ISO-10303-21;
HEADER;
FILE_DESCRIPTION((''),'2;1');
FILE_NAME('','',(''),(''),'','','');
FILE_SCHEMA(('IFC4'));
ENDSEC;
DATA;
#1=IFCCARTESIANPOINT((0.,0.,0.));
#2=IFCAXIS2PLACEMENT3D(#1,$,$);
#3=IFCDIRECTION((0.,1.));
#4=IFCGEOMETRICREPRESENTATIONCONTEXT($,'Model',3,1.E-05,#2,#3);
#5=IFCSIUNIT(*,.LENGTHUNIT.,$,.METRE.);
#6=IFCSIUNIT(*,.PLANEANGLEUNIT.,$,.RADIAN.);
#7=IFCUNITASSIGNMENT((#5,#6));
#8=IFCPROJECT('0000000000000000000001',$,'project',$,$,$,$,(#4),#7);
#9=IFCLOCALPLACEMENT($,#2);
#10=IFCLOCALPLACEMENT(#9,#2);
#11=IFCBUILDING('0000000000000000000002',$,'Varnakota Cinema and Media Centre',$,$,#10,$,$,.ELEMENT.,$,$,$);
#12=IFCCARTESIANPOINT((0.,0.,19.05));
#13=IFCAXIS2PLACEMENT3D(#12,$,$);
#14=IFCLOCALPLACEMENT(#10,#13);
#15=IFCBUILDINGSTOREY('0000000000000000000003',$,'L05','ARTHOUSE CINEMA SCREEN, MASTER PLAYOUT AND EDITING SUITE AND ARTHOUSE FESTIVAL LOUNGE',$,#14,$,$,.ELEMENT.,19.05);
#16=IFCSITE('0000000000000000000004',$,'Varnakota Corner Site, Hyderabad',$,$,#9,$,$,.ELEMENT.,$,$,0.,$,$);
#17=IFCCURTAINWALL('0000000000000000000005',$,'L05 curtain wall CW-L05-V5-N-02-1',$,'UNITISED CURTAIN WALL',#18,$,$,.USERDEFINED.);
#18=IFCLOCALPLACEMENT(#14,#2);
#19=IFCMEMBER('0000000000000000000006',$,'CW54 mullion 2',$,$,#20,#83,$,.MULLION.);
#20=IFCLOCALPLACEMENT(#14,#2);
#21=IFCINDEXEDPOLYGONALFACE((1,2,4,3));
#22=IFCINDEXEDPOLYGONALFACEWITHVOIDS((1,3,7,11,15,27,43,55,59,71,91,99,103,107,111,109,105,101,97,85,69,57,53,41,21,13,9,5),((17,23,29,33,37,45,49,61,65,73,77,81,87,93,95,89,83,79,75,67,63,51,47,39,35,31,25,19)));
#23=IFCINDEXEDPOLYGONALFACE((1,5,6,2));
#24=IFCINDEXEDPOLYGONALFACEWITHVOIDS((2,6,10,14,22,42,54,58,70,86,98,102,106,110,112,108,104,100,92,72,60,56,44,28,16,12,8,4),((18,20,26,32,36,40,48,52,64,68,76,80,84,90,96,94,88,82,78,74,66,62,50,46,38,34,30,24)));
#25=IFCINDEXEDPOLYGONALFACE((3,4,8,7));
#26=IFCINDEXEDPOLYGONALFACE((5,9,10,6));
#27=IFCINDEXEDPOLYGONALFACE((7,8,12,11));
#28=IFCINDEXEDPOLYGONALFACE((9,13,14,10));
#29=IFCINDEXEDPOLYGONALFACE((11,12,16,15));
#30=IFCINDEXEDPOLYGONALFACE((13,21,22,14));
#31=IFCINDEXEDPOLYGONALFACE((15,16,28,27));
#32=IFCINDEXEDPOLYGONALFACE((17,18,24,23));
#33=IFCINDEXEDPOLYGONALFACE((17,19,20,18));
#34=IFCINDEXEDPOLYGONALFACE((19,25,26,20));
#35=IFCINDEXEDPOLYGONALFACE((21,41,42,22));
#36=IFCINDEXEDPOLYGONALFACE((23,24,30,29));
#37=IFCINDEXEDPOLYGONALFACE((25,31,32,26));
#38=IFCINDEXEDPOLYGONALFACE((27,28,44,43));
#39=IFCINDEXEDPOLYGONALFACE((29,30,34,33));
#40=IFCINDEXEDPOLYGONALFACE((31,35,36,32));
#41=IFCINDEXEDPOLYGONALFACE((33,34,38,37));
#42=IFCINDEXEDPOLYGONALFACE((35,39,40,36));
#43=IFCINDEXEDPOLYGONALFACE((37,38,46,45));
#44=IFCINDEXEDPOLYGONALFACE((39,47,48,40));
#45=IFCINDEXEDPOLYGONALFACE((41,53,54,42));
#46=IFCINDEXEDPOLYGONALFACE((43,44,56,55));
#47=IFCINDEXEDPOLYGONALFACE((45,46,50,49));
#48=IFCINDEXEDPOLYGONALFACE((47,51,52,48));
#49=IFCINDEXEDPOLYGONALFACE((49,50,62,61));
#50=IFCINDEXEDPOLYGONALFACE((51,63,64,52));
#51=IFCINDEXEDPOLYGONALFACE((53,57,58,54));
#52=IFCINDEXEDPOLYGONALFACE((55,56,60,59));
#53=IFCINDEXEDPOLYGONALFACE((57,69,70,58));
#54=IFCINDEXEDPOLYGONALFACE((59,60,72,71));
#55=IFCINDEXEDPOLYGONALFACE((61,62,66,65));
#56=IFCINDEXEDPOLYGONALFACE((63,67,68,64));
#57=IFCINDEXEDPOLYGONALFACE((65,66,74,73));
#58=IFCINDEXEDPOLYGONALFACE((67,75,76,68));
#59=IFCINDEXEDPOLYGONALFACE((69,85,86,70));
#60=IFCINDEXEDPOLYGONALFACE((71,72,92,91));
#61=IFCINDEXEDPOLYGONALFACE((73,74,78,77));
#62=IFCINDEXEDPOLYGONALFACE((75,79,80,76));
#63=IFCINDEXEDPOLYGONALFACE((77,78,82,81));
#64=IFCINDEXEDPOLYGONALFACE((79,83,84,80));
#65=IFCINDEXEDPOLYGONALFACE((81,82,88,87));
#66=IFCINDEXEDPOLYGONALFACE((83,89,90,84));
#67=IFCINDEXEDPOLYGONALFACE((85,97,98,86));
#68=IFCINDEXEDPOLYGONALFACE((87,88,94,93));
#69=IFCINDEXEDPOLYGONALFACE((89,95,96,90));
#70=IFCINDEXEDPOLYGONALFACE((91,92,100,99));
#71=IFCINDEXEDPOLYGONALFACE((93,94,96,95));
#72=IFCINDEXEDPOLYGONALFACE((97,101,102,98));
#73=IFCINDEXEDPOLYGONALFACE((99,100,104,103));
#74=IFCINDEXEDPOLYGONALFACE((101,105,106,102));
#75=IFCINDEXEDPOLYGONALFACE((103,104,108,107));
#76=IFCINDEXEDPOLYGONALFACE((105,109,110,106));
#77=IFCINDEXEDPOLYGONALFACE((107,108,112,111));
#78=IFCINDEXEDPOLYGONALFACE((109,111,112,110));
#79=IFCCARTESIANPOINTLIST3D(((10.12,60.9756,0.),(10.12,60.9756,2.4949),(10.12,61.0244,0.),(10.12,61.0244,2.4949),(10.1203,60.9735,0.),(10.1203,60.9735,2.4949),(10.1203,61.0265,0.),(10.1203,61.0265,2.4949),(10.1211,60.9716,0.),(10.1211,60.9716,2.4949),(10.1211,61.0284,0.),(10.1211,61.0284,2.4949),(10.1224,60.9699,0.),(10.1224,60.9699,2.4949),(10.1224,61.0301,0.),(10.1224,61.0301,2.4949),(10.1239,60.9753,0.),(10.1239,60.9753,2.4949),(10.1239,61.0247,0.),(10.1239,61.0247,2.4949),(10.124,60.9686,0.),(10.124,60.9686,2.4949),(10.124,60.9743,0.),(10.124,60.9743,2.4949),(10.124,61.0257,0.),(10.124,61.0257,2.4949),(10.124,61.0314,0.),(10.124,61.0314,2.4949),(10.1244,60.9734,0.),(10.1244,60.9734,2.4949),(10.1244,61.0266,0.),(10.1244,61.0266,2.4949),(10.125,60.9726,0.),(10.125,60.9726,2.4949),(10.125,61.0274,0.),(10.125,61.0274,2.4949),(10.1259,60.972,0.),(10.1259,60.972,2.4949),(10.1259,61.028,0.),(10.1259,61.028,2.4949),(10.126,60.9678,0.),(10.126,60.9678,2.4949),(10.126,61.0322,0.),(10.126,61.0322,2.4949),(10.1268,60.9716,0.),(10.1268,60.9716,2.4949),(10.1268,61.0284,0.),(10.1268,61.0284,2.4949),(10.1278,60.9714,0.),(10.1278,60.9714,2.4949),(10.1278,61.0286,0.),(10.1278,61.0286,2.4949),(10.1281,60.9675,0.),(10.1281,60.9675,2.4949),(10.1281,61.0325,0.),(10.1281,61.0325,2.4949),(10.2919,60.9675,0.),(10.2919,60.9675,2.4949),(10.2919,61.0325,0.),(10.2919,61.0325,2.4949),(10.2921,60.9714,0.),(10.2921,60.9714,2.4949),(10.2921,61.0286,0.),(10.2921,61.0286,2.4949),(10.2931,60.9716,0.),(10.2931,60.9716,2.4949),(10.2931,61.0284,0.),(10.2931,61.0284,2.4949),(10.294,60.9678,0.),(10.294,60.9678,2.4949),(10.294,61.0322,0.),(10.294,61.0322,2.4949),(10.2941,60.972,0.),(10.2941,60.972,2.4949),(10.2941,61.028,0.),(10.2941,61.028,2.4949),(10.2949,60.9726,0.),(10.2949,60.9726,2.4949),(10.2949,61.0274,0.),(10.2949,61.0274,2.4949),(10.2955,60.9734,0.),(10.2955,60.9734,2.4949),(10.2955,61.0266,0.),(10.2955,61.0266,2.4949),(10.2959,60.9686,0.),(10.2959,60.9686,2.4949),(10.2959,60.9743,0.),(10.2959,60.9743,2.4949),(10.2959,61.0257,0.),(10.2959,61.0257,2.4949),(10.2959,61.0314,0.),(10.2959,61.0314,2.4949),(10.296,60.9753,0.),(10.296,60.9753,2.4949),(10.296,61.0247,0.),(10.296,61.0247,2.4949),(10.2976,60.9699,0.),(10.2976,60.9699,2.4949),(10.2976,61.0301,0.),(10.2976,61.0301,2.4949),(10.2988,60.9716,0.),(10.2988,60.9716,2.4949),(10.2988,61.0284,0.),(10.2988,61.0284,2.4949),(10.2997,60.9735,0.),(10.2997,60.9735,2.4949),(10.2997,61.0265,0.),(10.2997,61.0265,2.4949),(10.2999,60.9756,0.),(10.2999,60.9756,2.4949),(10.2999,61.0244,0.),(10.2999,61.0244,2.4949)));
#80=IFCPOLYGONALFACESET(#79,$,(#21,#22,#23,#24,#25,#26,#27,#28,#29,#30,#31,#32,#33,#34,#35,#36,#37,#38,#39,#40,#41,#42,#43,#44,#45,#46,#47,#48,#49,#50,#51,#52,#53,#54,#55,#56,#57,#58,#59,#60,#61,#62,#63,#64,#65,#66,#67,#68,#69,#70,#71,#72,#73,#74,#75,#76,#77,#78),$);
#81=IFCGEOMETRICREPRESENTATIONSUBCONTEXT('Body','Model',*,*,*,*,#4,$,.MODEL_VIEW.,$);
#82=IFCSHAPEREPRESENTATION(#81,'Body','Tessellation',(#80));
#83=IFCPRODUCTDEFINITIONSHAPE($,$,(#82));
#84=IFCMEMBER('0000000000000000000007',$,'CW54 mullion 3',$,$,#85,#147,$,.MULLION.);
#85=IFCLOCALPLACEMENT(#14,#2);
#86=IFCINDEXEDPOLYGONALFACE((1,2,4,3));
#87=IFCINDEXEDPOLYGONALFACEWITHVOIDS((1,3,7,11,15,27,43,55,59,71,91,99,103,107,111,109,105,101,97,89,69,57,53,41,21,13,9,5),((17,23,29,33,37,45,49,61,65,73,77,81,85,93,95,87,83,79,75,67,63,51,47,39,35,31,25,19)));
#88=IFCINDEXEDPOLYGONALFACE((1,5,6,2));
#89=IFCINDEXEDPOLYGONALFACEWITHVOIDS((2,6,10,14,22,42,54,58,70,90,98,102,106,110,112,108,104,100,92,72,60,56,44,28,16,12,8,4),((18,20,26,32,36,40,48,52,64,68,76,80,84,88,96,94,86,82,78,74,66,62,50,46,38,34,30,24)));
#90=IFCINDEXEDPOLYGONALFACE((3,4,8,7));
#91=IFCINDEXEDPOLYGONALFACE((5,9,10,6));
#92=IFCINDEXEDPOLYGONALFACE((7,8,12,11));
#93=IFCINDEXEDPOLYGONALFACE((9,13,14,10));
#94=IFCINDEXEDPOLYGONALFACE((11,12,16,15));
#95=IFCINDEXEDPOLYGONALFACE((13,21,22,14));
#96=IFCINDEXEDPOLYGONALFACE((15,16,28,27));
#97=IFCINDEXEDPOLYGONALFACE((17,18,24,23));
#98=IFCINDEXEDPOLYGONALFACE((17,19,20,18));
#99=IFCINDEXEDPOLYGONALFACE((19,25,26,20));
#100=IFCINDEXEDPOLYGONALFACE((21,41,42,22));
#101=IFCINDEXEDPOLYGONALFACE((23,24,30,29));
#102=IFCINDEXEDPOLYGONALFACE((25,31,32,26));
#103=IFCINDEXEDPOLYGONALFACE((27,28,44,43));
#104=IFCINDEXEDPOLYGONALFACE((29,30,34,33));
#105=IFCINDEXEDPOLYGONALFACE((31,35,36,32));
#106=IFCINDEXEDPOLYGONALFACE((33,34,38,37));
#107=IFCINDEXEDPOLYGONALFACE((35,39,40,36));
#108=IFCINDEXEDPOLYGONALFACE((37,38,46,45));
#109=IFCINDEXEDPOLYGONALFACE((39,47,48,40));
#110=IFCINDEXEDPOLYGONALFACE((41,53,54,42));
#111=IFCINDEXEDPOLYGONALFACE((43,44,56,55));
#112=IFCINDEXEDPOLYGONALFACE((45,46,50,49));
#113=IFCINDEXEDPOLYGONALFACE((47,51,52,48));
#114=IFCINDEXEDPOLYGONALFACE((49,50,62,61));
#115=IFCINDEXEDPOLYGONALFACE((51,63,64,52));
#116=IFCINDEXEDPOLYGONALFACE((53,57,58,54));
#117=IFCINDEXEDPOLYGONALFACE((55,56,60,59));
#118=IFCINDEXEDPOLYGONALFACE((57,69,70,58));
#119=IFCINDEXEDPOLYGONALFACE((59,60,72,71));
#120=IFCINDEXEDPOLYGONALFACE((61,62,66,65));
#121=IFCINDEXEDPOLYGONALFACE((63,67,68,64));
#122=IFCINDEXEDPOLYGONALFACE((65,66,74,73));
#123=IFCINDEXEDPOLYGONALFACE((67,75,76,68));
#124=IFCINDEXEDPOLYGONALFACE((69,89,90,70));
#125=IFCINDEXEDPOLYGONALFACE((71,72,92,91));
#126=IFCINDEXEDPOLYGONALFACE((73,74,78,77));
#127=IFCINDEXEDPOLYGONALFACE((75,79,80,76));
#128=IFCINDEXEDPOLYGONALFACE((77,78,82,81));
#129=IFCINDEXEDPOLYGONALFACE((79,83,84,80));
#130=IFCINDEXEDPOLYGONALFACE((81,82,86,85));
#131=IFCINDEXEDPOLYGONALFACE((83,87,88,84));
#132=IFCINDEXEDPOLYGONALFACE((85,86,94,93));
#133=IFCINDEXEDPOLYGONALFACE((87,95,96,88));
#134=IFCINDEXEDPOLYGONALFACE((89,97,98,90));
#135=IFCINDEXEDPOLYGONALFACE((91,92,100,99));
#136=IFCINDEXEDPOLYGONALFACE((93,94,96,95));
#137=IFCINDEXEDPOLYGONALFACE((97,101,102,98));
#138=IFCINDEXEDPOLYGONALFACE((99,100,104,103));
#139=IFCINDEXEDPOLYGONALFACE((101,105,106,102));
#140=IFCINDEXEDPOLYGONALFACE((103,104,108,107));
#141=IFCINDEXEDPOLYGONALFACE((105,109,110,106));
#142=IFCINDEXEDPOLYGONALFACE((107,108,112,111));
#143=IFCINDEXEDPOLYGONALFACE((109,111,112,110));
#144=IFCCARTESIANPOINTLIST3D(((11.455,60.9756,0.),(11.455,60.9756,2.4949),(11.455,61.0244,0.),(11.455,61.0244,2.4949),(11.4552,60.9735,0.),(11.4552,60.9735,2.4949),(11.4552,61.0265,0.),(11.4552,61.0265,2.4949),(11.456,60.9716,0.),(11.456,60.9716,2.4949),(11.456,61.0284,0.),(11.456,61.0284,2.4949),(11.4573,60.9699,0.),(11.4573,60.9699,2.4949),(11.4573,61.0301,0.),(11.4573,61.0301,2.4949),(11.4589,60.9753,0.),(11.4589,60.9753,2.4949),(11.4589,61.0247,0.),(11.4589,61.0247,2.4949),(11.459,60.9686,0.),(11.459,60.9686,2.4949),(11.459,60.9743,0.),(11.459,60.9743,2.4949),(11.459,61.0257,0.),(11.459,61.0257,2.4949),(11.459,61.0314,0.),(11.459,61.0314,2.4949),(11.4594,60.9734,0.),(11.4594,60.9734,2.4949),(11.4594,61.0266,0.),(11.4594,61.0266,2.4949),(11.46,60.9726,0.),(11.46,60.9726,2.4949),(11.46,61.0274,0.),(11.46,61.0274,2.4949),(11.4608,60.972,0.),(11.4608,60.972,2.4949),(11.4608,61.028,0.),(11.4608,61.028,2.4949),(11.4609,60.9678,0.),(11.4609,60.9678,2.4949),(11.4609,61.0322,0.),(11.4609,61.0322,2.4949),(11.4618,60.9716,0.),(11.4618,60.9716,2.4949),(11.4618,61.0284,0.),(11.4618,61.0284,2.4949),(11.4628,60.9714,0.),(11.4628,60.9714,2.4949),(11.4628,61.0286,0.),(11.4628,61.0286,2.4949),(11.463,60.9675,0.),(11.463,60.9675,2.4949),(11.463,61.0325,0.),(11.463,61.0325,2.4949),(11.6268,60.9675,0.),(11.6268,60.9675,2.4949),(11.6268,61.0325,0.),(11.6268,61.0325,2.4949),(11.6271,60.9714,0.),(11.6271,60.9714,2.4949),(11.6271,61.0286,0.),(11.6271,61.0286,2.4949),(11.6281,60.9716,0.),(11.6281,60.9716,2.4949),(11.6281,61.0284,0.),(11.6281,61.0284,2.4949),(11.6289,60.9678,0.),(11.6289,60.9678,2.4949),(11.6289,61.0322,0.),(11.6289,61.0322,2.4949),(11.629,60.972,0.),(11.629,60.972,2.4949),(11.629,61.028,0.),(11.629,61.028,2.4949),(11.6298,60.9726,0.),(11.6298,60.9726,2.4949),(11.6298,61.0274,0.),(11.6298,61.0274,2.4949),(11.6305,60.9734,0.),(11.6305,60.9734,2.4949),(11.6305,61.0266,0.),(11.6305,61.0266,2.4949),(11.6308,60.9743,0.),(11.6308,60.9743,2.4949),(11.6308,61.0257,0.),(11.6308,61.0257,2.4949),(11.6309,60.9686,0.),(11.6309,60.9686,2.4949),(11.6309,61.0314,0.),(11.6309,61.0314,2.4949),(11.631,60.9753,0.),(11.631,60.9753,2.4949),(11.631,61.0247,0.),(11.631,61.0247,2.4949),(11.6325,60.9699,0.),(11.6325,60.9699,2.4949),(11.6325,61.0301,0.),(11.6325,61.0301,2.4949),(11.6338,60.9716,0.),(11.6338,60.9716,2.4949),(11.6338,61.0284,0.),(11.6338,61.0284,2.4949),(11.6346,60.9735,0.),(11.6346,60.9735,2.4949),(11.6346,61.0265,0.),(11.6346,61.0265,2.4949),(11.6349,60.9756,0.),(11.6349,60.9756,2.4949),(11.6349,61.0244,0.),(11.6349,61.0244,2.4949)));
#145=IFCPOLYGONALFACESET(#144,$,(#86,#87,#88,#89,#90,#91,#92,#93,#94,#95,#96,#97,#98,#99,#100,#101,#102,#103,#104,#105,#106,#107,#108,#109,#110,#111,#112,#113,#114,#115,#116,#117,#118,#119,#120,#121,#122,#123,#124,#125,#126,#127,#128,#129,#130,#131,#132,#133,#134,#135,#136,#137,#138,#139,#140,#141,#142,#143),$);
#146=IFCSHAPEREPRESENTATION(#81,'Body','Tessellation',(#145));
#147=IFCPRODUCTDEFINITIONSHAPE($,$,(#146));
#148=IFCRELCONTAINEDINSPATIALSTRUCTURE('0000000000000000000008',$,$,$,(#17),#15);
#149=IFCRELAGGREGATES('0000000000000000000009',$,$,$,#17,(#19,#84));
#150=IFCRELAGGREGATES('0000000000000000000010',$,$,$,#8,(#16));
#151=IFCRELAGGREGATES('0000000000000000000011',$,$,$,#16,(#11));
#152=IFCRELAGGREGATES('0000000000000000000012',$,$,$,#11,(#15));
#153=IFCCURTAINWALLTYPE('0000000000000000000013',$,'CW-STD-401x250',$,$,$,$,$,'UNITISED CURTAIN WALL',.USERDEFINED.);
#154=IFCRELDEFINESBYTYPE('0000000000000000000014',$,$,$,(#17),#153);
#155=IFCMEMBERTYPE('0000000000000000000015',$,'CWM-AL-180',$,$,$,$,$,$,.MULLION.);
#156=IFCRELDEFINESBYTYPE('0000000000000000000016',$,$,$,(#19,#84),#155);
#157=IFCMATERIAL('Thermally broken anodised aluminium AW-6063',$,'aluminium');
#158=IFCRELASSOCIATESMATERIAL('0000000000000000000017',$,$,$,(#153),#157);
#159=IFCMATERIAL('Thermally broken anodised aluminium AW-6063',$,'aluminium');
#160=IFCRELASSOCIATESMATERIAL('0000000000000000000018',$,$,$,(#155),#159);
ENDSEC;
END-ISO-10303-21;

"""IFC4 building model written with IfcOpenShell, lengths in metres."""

from ifc_helpers import new_model, si_unit, direction, frame, origin, origin_2d, place, context, subcontext, project, spatial, hollow_rectangle, extrude, material, material_profile, profile_set, type_object, element, aggregate, save


model = new_model("IFC4")

# Units and contexts
model_context = context("Model", 3, precision=1e-05, world=origin(), true_north=direction((0.0, 1.0)))
body_context = subcontext(model_context, "Body", "Model", "MODEL_VIEW")
ifc_project = project(units=[si_unit("LENGTHUNIT", "METRE"), si_unit("PLANEANGLEUNIT", "RADIAN")], contexts=[model_context])

# Site, building, storey
site_placement = place(None, origin())
site = spatial("IfcSite", under=ifc_project, at=site_placement, Name="Varnakota Corner Site, Hyderabad", CompositionType="ELEMENT", RefElevation=0.0)
building_placement = place(site_placement, origin())
building = spatial("IfcBuilding", under=site, at=building_placement, Name="Varnakota Cinema and Media Centre", CompositionType="ELEMENT")
storey_placement = place(building_placement, frame((0.0, 0.0, 19.05)))
storey = spatial("IfcBuildingStorey", under=building, at=storey_placement, Name="L05", Description="ARTHOUSE CINEMA SCREEN, MASTER PLAYOUT AND EDITING SUITE AND ARTHOUSE FESTIVAL LOUNGE", CompositionType="ELEMENT", Elevation=19.05)

# Curtain wall, members
ifc_material_1 = material(Name="Thermally broken anodised aluminium AW-6063", Category="aluminium")
curtain_wall_type = type_object("IfcCurtainWallType", Name="CW-STD-401x250", ElementType="UNITISED CURTAIN WALL", PredefinedType="USERDEFINED", material=ifc_material_1)
curtain_wall_1_placement = place(storey_placement, origin())
curtain_wall_1 = element("IfcCurtainWall", 1, at=curtain_wall_1_placement, inside=storey, type_object=curtain_wall_type, Name="L05 curtain wall CW-L05-V5-N-02-1", ObjectType="UNITISED CURTAIN WALL", PredefinedType="USERDEFINED")
ifc_material_2 = material(Name="Thermally broken anodised aluminium AW-6063", Category="aluminium")
ifc_material_profile_1 = material_profile(ifc_material_2, hollow_rectangle(XDim=0.0649, YDim=0.1799, WallThickness=0.0039, InnerFilletRadius=0.0039, OuterFilletRadius=0.0081, at=origin_2d()), Name="AL-MULLION 180x65x4")
ifc_profile_set_1 = profile_set([ifc_material_profile_1], Name="Thermally broken anodised aluminium AW-6063")
member_type_1 = type_object("IfcMemberType", Name="CWM-AL-180", PredefinedType="MULLION", material=ifc_profile_set_1)
member_1_placement = place(storey_placement, frame((10.21, 61.0, 0.0), z_axis=(0.0, 0.0, 1.0), x_axis=(0.0, 1.0, 0.0)))
member_1 = element("IfcMember", 2, at=member_1_placement, type_object=member_type_1, Name="CW54 mullion 2", PredefinedType="MULLION", context=body_context, shape_type="SweptSolid", body=[
    extrude(hollow_rectangle(XDim=0.0649, YDim=0.1799, WallThickness=0.0039, InnerFilletRadius=0.0039, OuterFilletRadius=0.0081, at=origin_2d()), origin(), (0.0, 0.0, 1.0), 2.4949),
])
member_2_placement = place(storey_placement, frame((11.5449, 61.0, 0.0), z_axis=(0.0, 0.0, 1.0), x_axis=(0.0, 1.0, 0.0)))
member_2 = element("IfcMember", 3, at=member_2_placement, type_object=member_type_1, Name="CW54 mullion 3", PredefinedType="MULLION", context=body_context, shape_type="SweptSolid", body=[
    extrude(hollow_rectangle(XDim=0.0649, YDim=0.1799, WallThickness=0.0039, InnerFilletRadius=0.0039, OuterFilletRadius=0.0081, at=origin_2d()), origin(), (0.0, 0.0, 1.0), 2.4949),
])

aggregate(curtain_wall_1, [member_1, member_2])

save(model, "model.ifc")
